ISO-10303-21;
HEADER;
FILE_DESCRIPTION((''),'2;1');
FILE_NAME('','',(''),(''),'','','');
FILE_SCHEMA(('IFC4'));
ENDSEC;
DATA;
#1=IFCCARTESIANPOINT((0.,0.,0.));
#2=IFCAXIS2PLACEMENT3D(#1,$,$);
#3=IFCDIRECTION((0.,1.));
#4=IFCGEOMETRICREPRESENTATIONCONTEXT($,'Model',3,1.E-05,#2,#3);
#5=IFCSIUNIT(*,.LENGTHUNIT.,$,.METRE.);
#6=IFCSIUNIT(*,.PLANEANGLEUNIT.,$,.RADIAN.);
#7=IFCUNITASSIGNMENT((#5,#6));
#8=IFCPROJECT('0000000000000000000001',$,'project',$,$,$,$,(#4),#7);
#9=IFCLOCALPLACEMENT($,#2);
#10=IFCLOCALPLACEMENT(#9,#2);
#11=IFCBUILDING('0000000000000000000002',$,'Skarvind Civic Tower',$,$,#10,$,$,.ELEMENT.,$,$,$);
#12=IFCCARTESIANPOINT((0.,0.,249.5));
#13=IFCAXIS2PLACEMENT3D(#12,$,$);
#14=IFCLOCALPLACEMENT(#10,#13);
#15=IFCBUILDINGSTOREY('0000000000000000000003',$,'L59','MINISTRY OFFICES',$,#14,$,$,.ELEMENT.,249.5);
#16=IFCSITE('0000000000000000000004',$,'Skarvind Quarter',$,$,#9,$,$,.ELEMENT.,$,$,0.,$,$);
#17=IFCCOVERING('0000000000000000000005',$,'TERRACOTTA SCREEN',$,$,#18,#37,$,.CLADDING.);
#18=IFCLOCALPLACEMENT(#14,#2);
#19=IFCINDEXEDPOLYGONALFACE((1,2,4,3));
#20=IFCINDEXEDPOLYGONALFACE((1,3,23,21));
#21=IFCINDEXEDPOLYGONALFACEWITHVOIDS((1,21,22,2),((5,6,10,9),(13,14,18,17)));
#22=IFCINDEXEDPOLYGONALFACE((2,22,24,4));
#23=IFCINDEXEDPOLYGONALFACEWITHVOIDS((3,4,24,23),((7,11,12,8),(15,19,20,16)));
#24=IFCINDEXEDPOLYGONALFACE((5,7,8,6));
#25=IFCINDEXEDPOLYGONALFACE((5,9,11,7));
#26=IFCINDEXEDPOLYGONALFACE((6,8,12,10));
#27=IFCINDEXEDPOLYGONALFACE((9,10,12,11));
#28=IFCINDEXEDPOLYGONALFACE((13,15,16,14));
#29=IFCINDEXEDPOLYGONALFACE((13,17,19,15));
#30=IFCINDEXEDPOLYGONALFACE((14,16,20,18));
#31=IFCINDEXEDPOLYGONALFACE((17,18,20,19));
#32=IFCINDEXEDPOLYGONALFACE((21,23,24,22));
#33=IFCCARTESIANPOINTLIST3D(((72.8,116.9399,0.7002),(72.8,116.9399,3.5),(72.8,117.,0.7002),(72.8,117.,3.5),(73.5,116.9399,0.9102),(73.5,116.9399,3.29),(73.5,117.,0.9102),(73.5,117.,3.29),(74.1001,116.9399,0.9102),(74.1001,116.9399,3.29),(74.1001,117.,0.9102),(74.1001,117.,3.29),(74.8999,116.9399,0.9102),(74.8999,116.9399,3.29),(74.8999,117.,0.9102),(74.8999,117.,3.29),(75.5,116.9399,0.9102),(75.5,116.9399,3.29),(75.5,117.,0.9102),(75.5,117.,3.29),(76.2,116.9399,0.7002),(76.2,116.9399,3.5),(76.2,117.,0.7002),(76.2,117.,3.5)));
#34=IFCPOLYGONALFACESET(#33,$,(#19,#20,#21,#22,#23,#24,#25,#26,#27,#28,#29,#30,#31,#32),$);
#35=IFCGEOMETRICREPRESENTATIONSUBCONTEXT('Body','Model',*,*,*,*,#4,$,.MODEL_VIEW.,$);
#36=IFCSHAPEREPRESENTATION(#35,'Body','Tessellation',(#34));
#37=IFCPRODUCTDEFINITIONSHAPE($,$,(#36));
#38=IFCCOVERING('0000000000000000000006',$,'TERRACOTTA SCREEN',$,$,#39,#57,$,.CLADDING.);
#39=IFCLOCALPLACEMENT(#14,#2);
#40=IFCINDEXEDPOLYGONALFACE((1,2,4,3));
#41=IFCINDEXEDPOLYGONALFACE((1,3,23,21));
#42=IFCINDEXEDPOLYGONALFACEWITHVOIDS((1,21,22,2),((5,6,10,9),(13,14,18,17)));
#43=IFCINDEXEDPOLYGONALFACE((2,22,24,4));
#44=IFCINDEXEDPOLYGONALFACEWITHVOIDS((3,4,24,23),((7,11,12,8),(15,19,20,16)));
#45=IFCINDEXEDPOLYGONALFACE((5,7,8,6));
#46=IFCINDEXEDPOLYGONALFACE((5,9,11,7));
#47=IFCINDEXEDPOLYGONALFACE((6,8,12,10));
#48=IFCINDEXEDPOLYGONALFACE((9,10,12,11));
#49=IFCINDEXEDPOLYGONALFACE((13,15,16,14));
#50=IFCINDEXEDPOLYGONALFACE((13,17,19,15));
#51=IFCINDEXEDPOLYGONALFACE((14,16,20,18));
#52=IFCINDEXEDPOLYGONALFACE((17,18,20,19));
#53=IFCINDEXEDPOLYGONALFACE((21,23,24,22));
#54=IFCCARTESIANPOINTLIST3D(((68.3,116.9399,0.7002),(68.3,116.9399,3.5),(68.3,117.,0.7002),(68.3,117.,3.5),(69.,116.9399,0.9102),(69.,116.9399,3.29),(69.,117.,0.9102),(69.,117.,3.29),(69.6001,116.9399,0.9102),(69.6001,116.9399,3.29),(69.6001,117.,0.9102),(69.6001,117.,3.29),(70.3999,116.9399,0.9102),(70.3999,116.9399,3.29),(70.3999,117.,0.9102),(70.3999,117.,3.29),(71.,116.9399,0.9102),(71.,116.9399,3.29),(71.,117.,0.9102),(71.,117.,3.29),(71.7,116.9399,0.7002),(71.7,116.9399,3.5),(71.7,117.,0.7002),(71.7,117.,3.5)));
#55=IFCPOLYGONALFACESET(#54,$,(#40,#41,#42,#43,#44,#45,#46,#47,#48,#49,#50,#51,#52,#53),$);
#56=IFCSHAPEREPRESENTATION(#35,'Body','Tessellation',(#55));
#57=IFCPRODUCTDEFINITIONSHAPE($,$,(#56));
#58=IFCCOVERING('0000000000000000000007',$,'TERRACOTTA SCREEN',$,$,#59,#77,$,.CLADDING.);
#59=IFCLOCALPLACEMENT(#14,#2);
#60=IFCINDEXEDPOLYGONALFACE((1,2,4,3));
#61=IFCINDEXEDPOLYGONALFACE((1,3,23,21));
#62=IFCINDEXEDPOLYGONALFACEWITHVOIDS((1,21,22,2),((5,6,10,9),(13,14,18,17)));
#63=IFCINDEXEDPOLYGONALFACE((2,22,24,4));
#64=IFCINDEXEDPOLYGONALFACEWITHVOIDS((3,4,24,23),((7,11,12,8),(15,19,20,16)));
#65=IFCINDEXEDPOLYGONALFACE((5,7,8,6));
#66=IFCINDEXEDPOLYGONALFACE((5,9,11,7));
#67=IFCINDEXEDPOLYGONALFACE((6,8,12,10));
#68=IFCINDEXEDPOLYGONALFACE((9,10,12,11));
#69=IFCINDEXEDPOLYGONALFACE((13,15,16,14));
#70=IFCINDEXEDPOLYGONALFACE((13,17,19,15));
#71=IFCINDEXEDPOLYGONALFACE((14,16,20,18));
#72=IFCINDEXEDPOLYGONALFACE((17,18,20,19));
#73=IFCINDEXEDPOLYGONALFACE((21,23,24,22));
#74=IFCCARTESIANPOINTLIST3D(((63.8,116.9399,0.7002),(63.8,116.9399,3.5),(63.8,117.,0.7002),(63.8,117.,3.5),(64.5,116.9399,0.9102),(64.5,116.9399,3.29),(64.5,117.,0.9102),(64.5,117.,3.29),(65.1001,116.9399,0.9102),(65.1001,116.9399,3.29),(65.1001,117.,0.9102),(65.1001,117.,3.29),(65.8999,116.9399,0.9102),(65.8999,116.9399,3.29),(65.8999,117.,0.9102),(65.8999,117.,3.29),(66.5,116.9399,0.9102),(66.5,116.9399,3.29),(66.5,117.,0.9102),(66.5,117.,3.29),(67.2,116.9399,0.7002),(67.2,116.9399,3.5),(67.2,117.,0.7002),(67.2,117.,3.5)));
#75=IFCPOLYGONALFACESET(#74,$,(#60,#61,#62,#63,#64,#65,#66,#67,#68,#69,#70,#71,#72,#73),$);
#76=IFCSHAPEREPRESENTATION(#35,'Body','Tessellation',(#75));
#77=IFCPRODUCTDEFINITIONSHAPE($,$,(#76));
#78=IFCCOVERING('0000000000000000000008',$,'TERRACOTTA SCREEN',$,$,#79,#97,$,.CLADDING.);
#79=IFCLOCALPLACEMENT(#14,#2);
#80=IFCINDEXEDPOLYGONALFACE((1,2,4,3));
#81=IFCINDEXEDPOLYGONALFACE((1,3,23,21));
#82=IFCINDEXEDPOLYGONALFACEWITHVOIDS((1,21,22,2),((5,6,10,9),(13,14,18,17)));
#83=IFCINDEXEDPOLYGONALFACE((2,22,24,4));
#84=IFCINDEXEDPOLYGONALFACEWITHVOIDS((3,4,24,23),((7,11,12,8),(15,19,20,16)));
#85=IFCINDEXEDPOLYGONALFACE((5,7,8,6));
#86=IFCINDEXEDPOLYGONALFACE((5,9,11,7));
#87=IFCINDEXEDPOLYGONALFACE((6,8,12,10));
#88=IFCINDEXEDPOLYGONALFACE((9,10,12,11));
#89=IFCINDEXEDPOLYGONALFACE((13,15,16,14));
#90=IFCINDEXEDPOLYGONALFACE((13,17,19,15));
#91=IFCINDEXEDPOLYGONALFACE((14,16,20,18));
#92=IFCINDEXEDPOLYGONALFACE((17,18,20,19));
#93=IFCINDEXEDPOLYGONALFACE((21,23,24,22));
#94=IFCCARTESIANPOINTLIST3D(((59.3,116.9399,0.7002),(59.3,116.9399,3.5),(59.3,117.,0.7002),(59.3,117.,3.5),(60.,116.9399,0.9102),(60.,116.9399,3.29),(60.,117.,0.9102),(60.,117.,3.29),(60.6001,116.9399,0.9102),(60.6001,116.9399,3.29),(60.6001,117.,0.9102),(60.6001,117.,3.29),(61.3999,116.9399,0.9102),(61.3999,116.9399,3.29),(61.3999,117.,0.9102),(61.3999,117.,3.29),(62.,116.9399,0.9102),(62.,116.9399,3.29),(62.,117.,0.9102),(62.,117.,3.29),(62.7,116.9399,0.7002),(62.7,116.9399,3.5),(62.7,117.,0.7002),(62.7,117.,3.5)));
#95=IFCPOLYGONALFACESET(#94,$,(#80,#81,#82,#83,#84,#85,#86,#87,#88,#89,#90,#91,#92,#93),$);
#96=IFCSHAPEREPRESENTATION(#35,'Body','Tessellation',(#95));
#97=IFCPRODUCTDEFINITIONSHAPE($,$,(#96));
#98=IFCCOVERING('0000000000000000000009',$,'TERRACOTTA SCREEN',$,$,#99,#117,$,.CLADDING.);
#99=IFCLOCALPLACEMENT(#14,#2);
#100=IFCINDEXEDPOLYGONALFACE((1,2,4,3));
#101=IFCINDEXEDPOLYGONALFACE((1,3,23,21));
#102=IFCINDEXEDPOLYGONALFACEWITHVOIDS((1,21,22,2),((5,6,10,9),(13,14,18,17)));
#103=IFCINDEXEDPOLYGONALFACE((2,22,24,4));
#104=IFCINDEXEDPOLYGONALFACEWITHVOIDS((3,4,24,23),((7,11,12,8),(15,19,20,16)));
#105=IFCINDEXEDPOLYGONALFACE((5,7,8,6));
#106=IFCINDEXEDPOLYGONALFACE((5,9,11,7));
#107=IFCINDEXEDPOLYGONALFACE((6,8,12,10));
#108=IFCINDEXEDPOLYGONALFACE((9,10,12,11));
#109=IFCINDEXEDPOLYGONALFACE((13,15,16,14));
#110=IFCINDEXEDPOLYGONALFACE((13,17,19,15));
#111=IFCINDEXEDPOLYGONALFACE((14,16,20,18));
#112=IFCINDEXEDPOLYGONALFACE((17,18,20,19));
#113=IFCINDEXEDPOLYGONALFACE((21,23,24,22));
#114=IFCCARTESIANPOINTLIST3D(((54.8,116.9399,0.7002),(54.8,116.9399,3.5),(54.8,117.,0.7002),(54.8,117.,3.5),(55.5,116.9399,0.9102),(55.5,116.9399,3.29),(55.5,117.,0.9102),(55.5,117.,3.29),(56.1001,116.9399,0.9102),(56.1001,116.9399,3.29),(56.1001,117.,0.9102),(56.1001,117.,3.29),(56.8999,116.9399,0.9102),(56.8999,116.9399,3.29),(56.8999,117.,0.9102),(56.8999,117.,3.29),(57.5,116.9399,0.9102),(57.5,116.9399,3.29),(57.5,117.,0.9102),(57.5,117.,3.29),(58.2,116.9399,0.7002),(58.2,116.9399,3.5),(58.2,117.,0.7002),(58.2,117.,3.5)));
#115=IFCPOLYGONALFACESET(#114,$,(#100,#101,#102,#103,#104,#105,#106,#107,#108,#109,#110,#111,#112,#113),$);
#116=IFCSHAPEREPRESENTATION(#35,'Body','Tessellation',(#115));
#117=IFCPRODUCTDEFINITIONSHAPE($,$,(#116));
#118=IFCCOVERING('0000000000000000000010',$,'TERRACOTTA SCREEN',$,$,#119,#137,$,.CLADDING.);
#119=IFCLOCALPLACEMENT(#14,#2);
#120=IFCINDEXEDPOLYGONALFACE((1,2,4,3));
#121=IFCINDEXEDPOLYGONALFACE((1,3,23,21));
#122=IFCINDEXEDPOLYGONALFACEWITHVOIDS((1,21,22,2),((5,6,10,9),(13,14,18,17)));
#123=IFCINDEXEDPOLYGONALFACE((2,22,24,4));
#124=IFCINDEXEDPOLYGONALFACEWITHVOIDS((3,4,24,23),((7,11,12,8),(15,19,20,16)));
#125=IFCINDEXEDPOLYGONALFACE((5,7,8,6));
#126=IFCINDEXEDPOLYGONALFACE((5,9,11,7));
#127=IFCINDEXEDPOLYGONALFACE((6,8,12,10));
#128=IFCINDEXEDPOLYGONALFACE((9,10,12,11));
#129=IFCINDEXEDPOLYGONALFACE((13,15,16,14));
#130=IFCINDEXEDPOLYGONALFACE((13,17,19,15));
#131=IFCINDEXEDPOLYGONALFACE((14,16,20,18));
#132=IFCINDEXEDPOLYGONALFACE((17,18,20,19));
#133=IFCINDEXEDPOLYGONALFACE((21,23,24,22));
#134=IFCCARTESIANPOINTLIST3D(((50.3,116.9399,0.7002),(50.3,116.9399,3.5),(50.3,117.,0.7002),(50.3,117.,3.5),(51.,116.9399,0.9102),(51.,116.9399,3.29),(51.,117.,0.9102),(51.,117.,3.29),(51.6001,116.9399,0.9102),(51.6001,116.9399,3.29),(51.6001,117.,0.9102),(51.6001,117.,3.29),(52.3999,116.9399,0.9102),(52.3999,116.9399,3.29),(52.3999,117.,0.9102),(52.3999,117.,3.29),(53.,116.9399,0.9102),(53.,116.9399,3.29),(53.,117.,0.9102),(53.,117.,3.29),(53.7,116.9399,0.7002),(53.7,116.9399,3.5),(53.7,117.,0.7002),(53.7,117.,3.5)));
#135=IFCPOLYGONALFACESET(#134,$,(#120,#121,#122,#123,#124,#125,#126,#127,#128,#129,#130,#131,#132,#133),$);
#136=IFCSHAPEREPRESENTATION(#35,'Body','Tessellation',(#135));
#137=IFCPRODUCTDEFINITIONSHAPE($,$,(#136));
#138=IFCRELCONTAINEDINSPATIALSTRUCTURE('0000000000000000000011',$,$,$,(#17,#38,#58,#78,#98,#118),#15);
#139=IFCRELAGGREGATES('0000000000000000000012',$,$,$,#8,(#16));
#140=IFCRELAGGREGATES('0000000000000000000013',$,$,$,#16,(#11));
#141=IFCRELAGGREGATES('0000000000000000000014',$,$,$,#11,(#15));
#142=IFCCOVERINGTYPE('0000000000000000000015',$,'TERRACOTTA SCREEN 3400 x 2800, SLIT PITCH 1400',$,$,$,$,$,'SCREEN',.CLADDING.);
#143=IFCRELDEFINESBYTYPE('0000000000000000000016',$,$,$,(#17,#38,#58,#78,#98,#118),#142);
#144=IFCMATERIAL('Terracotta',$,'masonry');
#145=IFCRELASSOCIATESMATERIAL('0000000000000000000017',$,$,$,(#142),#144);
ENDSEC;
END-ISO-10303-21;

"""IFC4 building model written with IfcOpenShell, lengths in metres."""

from ifc_helpers import new_model, si_unit, direction, frame, origin, place, context, subcontext, project, spatial, polyline, outline, extrude, material, material_profile, profile_set, type_object, element, save


model = new_model("IFC4")

# Units and contexts
model_context = context("Model", 3, precision=1e-05, world=origin(), true_north=direction((0.0, 1.0)))
body_context = subcontext(model_context, "Body", "Model", "MODEL_VIEW")
ifc_project = project(units=[si_unit("LENGTHUNIT", "METRE"), si_unit("PLANEANGLEUNIT", "RADIAN")], contexts=[model_context])

# Site, building, storey
site_placement = place(None, origin())
site = spatial("IfcSite", under=ifc_project, at=site_placement, Name="Skarvind Quarter", CompositionType="ELEMENT", RefElevation=0.0)
building_placement = place(site_placement, origin())
building = spatial("IfcBuilding", under=site, at=building_placement, Name="Skarvind Civic Tower", CompositionType="ELEMENT")
storey_placement = place(building_placement, frame((0.0, 0.0, 249.5)))
storey = spatial("IfcBuildingStorey", under=building, at=storey_placement, Name="L59", Description="MINISTRY OFFICES", CompositionType="ELEMENT", Elevation=249.5)

# Coverings
ifc_material_1 = material(Name="Terracotta", Category="masonry")
ifc_material_profile = material_profile(ifc_material_1, outline(polyline([(-1.7, -1.3999), (1.7, -1.3999), (1.7, 1.3999), (-1.7, 1.3999), (-1.7, -1.3999)]), holes=[polyline([(-1.0, -1.1899), (-0.3999, -1.1899), (-0.3999, 1.1899), (-1.0, 1.1899), (-1.0, -1.1899)]), polyline([(0.3999, -1.1899), (1.0, -1.1899), (1.0, 1.1899), (0.3999, 1.1899), (0.3999, -1.1899)])]), Name="TERRACOTTA SCREEN 3400 x 2800, SLIT PITCH 1400")
ifc_profile_set = profile_set([ifc_material_profile], Name="Terracotta")
covering_type = type_object("IfcCoveringType", Name="TERRACOTTA SCREEN 3400 x 2800, SLIT PITCH 1400", ElementType="SCREEN", PredefinedType="CLADDING", material=ifc_profile_set)
for number, where, z_axis, x_axis, name in (
    (1, (74.5, 117.0, 2.1001), (0.0, -1.0, 0.0), (1.0, 0.0, 0.0), "TERRACOTTA SCREEN"),
    (2, (70.0, 117.0, 2.1001), (0.0, -1.0, 0.0), (1.0, 0.0, 0.0), "TERRACOTTA SCREEN"),
    (3, (65.5, 117.0, 2.1001), (0.0, -1.0, 0.0), (1.0, 0.0, 0.0), "TERRACOTTA SCREEN"),
    (4, (61.0, 117.0, 2.1001), (0.0, -1.0, 0.0), (1.0, 0.0, 0.0), "TERRACOTTA SCREEN"),
    (5, (56.5, 117.0, 2.1001), (0.0, -1.0, 0.0), (1.0, 0.0, 0.0), "TERRACOTTA SCREEN"),
    (6, (52.0, 117.0, 2.1001), (0.0, -1.0, 0.0), (1.0, 0.0, 0.0), "TERRACOTTA SCREEN"),
):
    element("IfcCovering", number, at=place(storey_placement, frame(where, z_axis=z_axis, x_axis=x_axis)), inside=storey, type_object=covering_type, Name=name, PredefinedType="CLADDING", context=body_context, shape_type="SweptSolid", body=[
        extrude(outline(polyline([(-1.7, -1.3999), (1.7, -1.3999), (1.7, 1.3999), (-1.7, 1.3999), (-1.7, -1.3999)]), holes=[polyline([(-1.0, -1.1899), (-0.3999, -1.1899), (-0.3999, 1.1899), (-1.0, 1.1899), (-1.0, -1.1899)]), polyline([(0.3999, -1.1899), (1.0, -1.1899), (1.0, 1.1899), (0.3999, 1.1899), (0.3999, -1.1899)])]), origin(), (0.0, 0.0, 1.0), 0.0601),
    ])

save(model, "model.ifc")
